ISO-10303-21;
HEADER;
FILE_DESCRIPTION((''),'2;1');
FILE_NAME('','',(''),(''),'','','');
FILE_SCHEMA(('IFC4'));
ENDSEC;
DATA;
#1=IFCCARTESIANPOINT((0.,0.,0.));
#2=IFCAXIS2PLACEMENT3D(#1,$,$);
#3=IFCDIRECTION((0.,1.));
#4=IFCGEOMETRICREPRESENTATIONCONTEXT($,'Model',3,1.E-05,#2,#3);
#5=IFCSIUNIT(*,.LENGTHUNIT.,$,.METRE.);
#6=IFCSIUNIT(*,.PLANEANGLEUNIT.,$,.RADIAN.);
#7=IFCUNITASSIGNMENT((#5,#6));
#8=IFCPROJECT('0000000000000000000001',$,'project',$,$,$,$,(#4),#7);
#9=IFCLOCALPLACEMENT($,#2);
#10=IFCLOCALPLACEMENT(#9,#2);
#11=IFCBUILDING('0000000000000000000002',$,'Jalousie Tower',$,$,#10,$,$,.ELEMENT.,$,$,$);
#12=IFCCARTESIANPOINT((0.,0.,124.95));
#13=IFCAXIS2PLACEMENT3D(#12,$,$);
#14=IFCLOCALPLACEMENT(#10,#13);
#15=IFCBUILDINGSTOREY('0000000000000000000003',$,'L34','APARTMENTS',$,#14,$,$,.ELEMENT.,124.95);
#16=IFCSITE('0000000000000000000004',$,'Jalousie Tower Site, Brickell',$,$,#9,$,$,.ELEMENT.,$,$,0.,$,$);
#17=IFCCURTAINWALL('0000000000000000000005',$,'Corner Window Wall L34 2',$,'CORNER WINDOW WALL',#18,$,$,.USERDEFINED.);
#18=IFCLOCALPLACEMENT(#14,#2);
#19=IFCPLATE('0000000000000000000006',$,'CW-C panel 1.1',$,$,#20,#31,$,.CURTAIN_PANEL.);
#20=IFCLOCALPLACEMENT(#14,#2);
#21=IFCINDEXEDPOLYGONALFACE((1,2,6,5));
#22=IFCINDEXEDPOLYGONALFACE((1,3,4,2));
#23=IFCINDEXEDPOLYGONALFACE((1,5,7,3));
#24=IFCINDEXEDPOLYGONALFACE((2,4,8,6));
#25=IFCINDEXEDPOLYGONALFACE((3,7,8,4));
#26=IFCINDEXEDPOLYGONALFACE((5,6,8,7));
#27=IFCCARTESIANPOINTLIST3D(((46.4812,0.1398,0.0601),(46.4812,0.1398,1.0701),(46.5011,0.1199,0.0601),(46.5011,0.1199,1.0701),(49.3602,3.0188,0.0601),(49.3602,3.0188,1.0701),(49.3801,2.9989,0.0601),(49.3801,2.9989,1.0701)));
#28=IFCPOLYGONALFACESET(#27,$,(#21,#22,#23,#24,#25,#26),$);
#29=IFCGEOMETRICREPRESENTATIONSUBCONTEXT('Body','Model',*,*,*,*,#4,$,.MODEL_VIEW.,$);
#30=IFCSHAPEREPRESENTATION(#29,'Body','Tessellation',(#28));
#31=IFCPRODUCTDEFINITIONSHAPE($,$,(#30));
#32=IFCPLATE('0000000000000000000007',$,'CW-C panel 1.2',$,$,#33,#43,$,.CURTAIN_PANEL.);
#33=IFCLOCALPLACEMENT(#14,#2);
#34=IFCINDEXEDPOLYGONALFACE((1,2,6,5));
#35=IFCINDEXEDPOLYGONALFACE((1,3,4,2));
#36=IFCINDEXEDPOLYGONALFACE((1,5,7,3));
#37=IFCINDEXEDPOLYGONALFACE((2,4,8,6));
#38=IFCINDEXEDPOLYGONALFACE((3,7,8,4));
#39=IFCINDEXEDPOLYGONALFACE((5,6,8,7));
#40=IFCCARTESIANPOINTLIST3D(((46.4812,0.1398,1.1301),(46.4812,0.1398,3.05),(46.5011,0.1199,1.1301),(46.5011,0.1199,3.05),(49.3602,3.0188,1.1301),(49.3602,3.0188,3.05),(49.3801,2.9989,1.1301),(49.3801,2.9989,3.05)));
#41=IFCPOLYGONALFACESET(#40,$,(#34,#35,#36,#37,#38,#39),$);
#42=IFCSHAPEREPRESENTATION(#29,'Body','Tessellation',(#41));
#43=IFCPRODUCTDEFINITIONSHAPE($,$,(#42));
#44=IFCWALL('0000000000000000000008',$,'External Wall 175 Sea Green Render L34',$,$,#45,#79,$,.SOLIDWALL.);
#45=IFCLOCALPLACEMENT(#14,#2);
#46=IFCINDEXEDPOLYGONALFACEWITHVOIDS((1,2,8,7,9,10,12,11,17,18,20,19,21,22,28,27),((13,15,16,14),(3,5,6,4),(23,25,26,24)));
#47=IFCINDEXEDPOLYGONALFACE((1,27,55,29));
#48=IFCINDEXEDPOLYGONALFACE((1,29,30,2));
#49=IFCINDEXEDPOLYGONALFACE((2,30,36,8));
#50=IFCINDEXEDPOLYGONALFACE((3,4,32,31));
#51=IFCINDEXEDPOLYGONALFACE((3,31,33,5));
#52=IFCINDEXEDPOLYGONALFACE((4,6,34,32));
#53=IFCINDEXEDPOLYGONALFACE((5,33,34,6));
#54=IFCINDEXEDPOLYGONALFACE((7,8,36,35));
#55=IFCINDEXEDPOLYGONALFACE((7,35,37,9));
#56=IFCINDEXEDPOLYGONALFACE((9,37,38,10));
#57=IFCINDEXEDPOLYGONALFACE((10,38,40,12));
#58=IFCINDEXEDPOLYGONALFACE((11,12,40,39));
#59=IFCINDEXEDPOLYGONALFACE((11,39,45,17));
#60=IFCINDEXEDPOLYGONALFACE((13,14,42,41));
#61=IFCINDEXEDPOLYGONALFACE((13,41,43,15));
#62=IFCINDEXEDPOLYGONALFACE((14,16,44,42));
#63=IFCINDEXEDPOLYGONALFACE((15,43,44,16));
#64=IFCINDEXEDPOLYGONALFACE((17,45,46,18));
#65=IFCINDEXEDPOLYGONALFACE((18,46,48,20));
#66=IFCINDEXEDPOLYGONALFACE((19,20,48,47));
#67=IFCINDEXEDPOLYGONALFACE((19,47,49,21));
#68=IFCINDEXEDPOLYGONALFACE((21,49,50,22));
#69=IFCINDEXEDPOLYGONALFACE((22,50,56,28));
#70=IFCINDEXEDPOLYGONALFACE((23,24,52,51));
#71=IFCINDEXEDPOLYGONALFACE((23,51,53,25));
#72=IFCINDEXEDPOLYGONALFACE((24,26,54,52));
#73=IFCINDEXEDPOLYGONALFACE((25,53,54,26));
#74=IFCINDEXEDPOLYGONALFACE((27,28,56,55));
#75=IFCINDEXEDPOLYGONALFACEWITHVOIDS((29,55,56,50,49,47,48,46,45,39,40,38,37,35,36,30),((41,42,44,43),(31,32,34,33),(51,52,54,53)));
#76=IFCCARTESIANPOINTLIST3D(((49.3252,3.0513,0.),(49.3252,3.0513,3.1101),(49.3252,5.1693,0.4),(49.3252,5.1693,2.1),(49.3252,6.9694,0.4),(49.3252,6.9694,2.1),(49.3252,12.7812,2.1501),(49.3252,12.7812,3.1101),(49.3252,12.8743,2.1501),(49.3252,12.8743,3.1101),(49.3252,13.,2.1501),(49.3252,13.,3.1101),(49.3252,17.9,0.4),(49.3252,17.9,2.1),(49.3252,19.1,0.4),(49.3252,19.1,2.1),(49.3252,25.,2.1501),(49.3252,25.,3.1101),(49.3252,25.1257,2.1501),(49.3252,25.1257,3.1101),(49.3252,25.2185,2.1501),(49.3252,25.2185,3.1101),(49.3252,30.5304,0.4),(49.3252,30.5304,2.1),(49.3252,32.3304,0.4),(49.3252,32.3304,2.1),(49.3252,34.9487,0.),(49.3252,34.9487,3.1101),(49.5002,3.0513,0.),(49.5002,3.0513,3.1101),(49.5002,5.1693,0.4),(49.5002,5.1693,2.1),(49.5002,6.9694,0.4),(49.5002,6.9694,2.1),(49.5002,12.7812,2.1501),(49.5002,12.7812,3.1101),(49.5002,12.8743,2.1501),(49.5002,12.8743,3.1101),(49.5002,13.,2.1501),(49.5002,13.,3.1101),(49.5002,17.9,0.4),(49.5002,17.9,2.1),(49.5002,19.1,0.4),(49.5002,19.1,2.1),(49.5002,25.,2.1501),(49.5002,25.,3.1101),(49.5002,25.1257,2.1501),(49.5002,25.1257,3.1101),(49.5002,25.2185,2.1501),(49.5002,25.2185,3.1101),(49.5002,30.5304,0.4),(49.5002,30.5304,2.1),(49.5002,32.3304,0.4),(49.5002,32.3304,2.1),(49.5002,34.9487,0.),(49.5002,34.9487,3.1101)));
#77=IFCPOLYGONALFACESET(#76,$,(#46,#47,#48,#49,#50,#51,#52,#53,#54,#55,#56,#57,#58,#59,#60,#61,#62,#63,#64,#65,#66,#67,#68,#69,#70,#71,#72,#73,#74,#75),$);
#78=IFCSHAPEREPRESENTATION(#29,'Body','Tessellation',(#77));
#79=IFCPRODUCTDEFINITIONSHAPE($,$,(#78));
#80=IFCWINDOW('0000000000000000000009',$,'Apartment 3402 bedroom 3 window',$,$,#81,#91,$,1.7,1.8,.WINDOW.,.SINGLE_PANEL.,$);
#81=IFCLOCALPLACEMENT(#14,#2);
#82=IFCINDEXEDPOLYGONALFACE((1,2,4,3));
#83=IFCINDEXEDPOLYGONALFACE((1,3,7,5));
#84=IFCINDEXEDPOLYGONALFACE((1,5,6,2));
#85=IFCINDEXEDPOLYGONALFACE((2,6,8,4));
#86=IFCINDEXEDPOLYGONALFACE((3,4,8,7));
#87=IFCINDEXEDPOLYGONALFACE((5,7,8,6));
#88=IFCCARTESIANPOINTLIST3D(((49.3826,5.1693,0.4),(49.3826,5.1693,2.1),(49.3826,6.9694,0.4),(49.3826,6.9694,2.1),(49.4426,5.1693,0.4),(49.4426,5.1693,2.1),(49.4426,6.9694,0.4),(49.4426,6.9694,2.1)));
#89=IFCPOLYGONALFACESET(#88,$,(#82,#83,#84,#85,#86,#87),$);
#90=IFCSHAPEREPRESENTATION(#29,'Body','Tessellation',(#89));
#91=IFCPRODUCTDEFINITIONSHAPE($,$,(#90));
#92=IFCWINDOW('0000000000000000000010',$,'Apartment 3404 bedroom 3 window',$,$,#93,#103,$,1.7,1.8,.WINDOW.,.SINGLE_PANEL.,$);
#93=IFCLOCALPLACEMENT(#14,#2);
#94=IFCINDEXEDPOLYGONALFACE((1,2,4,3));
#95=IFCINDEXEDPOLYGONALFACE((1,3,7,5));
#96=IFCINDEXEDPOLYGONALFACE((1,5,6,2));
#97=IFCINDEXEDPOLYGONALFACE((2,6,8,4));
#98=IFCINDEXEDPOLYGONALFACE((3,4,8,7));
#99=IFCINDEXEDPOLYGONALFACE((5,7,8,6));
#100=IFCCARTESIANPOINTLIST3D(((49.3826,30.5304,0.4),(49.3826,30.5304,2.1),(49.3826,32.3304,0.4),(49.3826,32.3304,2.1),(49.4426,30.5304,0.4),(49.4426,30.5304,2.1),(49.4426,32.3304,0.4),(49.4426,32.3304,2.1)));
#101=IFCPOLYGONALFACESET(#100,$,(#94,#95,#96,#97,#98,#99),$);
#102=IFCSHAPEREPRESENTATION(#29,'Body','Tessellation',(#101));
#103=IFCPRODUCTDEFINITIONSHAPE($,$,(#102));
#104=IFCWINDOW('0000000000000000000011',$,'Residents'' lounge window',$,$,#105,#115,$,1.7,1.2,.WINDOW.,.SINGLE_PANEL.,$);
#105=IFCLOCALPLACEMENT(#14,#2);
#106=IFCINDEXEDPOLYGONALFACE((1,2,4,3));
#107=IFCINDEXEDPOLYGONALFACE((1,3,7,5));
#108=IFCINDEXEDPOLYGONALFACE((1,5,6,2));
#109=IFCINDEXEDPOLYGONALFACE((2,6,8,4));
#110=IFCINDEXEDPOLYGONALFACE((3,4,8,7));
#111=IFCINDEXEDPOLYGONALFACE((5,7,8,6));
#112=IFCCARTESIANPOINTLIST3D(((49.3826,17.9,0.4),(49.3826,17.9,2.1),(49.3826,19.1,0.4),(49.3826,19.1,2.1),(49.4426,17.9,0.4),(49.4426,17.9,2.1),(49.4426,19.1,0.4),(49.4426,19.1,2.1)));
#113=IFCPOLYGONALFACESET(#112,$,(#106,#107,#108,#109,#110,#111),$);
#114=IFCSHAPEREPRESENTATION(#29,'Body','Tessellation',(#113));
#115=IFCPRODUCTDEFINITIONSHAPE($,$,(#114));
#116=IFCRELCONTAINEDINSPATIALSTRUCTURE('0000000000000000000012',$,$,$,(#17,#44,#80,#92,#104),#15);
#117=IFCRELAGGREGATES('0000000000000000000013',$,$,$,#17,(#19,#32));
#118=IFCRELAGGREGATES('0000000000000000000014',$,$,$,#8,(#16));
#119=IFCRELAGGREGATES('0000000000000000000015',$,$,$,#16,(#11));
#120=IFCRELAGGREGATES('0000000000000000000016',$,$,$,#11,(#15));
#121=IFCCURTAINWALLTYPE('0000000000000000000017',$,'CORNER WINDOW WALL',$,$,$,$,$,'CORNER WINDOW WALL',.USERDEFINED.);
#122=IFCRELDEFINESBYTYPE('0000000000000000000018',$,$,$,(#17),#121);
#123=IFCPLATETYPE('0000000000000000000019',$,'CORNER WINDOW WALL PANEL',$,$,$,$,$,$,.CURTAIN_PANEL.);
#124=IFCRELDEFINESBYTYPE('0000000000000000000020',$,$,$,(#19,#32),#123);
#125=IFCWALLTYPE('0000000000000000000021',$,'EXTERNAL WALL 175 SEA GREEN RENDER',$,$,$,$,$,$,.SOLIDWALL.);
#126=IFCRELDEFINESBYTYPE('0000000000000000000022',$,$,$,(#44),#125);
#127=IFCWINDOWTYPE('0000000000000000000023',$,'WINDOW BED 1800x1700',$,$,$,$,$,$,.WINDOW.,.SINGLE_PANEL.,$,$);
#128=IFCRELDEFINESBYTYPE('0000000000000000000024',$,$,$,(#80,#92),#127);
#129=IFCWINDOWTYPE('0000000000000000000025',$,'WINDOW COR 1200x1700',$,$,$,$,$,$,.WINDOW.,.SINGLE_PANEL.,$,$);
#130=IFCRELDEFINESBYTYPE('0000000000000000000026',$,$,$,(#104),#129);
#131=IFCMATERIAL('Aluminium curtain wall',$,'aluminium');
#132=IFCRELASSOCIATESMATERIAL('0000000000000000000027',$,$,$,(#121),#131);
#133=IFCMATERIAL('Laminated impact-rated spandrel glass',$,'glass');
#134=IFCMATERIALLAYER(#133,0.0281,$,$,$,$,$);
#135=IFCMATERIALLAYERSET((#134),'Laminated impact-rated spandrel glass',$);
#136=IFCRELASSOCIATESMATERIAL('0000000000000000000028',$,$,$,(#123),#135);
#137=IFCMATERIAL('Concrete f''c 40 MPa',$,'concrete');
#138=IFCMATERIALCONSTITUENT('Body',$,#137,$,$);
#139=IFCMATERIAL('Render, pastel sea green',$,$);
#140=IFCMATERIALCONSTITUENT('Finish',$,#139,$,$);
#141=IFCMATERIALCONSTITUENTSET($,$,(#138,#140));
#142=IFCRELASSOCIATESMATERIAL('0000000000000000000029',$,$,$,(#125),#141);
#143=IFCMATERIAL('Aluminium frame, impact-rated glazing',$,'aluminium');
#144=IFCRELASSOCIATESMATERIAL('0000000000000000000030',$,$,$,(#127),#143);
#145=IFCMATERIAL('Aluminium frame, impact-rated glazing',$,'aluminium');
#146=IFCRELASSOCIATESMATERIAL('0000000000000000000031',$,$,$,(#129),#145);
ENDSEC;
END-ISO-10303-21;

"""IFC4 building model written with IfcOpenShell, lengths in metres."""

from ifc_helpers import new_model, si_unit, direction, frame, frame_2d, origin, origin_2d, place, context, subcontext, project, spatial, polyline, rectangle, outline, extrude, material, layer, layer_set, constituent, constituent_set, type_object, element, fill, aggregate, save


model = new_model("IFC4")

# Units and contexts
model_context = context("Model", 3, precision=1e-05, world=origin(), true_north=direction((0.0, 1.0)))
body_context = subcontext(model_context, "Body", "Model", "MODEL_VIEW")
ifc_project = project(units=[si_unit("LENGTHUNIT", "METRE"), si_unit("PLANEANGLEUNIT", "RADIAN")], contexts=[model_context])

# Site, building, storey
site_placement = place(None, origin())
site = spatial("IfcSite", under=ifc_project, at=site_placement, Name="Jalousie Tower Site, Brickell", CompositionType="ELEMENT", RefElevation=0.0)
building_placement = place(site_placement, origin())
building = spatial("IfcBuilding", under=site, at=building_placement, Name="Jalousie Tower", CompositionType="ELEMENT")
storey_placement = place(building_placement, frame((0.0, 0.0, 124.95)))
storey = spatial("IfcBuildingStorey", under=building, at=storey_placement, Name="L34", Description="APARTMENTS", CompositionType="ELEMENT", Elevation=124.95)

# Curtain wall
ifc_material_1 = material(Name="Aluminium curtain wall", Category="aluminium")
curtain_wall_type_1 = type_object("IfcCurtainWallType", Name="CORNER WINDOW WALL", ElementType="CORNER WINDOW WALL", PredefinedType="USERDEFINED", material=ifc_material_1)
curtain_wall_1_placement = place(storey_placement, origin())
curtain_wall_1 = element("IfcCurtainWall", 1, at=curtain_wall_1_placement, inside=storey, type_object=curtain_wall_type_1, Name="Corner Window Wall L34 2", ObjectType="CORNER WINDOW WALL", PredefinedType="USERDEFINED")

# Plates
ifc_material_2 = material(Name="Laminated impact-rated spandrel glass", Category="glass")
ifc_layer = layer(ifc_material_2, 0.0281)
ifc_layer_set = layer_set([ifc_layer], Name="Laminated impact-rated spandrel glass")
plate_type = type_object("IfcPlateType", Name="CORNER WINDOW WALL PANEL", PredefinedType="CURTAIN_PANEL", material=ifc_layer_set)
plate_1_placement = place(storey_placement, frame((47.9307, 1.5693, 0.0601), z_axis=(0.0, 0.0, 1.0), x_axis=(0.707107, 0.707107, 0.0)))
plate_1 = element("IfcPlate", 2, at=plate_1_placement, type_object=plate_type, Name="CW-C panel 1.1", PredefinedType="CURTAIN_PANEL", context=body_context, shape_type="SweptSolid", body=[
    extrude(rectangle(XDim=4.0715, YDim=0.0281, at=origin_2d()), origin(), (0.0, 0.0, 1.0), 1.01),
])
plate_2_placement = place(storey_placement, frame((47.9307, 1.5693, 1.1301), z_axis=(0.0, 0.0, 1.0), x_axis=(0.707107, 0.707107, 0.0)))
plate_2 = element("IfcPlate", 3, at=plate_2_placement, type_object=plate_type, Name="CW-C panel 1.2", PredefinedType="CURTAIN_PANEL", context=body_context, shape_type="SweptSolid", body=[
    extrude(rectangle(XDim=4.0715, YDim=0.0281, at=origin_2d()), origin(), (0.0, 0.0, 1.0), 1.9199),
])
aggregate(curtain_wall_1, [plate_1, plate_2])

# Wall, openings, windows
ifc_material_3 = material(Name="Concrete f'c 40 MPa", Category="concrete")
ifc_constituent_1 = constituent(ifc_material_3, Name="Body")
ifc_material_4 = material(Name="Render, pastel sea green")
ifc_constituent_2 = constituent(ifc_material_4, Name="Finish")
ifc_constituent_set = constituent_set(constituents=[ifc_constituent_1, ifc_constituent_2])
wall_type = type_object("IfcWallType", Name="EXTERNAL WALL 175 SEA GREEN RENDER", PredefinedType="SOLIDWALL", material=ifc_constituent_set)
wall_placement = place(storey_placement, frame((49.4126, 3.0513, 0.0), z_axis=(0.0, 0.0, 1.0), x_axis=(0.0, 1.0, 0.0)))
wall = element("IfcWall", 4, at=wall_placement, inside=storey, type_object=wall_type, Name="External Wall 175 Sea Green Render L34", PredefinedType="SOLIDWALL", context=body_context, shape_type="SweptSolid", body=[
    extrude(outline(polyline([(0.0, 0.0), (31.8975, 0.0), (31.8975, 3.1101), (22.1672, 3.1101), (22.1672, 2.1501), (22.0745, 2.1501), (22.0745, 3.1101), (21.9487, 3.1101), (21.9487, 2.1501), (9.9487, 2.1501), (9.9487, 3.1101), (9.823, 3.1101), (9.823, 2.1501), (9.73, 2.1501), (9.73, 3.1101), (0.0, 3.1101), (0.0, 0.0)])), frame((0.0, 0.0874, 0.0), z_axis=(0.0, -1.0, 0.0), x_axis=(1.0, 0.0, 0.0)), (0.0, 0.0, 1.0), 0.175),
])
opening_1_placement = place(wall_placement, frame((2.1182, 0.0, 0.3999)))
opening_1 = element("IfcOpeningElement", 5, at=opening_1_placement, cuts=wall, PredefinedType="OPENING", context=body_context, shape_type="SweptSolid", body=[
    extrude(rectangle(XDim=1.8, YDim=1.7, at=frame_2d((0.8999, 0.8501))), frame((0.0, 0.0974, 0.0), z_axis=(0.0, -1.0, 0.0), x_axis=(1.0, 0.0, 0.0)), (0.0, 0.0, 1.0), 0.1951),
])
opening_2_placement = place(wall_placement, frame((14.8486, 0.0, 0.3999)))
opening_2 = element("IfcOpeningElement", 6, at=opening_2_placement, cuts=wall, PredefinedType="OPENING", context=body_context, shape_type="SweptSolid", body=[
    extrude(rectangle(XDim=1.2, YDim=1.7, at=frame_2d((0.6001, 0.8501))), frame((0.0, 0.0974, 0.0), z_axis=(0.0, -1.0, 0.0), x_axis=(1.0, 0.0, 0.0)), (0.0, 0.0, 1.0), 0.1951),
])
opening_3_placement = place(wall_placement, frame((27.4792, 0.0, 0.3999)))
opening_3 = element("IfcOpeningElement", 7, at=opening_3_placement, cuts=wall, PredefinedType="OPENING", context=body_context, shape_type="SweptSolid", body=[
    extrude(rectangle(XDim=1.8, YDim=1.7, at=frame_2d((0.8999, 0.8501))), frame((0.0, 0.0974, 0.0), z_axis=(0.0, -1.0, 0.0), x_axis=(1.0, 0.0, 0.0)), (0.0, 0.0, 1.0), 0.1951),
])
ifc_material_5 = material(Name="Aluminium frame, impact-rated glazing", Category="aluminium")
window_type_1 = type_object("IfcWindowType", Name="WINDOW BED 1800x1700", PartitioningType="SINGLE_PANEL", PredefinedType="WINDOW", material=ifc_material_5)
window_1_placement = place(opening_1_placement, origin())
window_1 = element("IfcWindow", 8, at=window_1_placement, inside=storey, type_object=window_type_1, Name="Apartment 3402 bedroom 3 window", OverallHeight=1.7, OverallWidth=1.8, PartitioningType="SINGLE_PANEL", PredefinedType="WINDOW", context=body_context, shape_type="SweptSolid", body=[
    extrude(rectangle(XDim=1.8, YDim=1.7, at=frame_2d((0.8999, 0.8501))), frame((0.0, 0.03, 0.0), z_axis=(0.0, -1.0, 0.0), x_axis=(1.0, 0.0, 0.0)), (0.0, 0.0, 1.0), 0.0601),
])
fill(opening_1, window_1)
window_2_placement = place(opening_3_placement, origin())
window_2 = element("IfcWindow", 9, at=window_2_placement, inside=storey, type_object=window_type_1, Name="Apartment 3404 bedroom 3 window", OverallHeight=1.7, OverallWidth=1.8, PartitioningType="SINGLE_PANEL", PredefinedType="WINDOW", context=body_context, shape_type="SweptSolid", body=[
    extrude(rectangle(XDim=1.8, YDim=1.7, at=frame_2d((0.8999, 0.8501))), frame((0.0, 0.03, 0.0), z_axis=(0.0, -1.0, 0.0), x_axis=(1.0, 0.0, 0.0)), (0.0, 0.0, 1.0), 0.0601),
])
fill(opening_3, window_2)
ifc_material_6 = material(Name="Aluminium frame, impact-rated glazing", Category="aluminium")
window_type_2 = type_object("IfcWindowType", Name="WINDOW COR 1200x1700", PartitioningType="SINGLE_PANEL", PredefinedType="WINDOW", material=ifc_material_6)
window_3_placement = place(opening_2_placement, origin())
window_3 = element("IfcWindow", 10, at=window_3_placement, inside=storey, type_object=window_type_2, Name="Residents' lounge window", OverallHeight=1.7, OverallWidth=1.2, PartitioningType="SINGLE_PANEL", PredefinedType="WINDOW", context=body_context, shape_type="SweptSolid", body=[
    extrude(rectangle(XDim=1.2, YDim=1.7, at=frame_2d((0.6001, 0.8501))), frame((0.0, 0.03, 0.0), z_axis=(0.0, -1.0, 0.0), x_axis=(1.0, 0.0, 0.0)), (0.0, 0.0, 1.0), 0.0601),
])
fill(opening_2, window_3)

save(model, "model.ifc")
